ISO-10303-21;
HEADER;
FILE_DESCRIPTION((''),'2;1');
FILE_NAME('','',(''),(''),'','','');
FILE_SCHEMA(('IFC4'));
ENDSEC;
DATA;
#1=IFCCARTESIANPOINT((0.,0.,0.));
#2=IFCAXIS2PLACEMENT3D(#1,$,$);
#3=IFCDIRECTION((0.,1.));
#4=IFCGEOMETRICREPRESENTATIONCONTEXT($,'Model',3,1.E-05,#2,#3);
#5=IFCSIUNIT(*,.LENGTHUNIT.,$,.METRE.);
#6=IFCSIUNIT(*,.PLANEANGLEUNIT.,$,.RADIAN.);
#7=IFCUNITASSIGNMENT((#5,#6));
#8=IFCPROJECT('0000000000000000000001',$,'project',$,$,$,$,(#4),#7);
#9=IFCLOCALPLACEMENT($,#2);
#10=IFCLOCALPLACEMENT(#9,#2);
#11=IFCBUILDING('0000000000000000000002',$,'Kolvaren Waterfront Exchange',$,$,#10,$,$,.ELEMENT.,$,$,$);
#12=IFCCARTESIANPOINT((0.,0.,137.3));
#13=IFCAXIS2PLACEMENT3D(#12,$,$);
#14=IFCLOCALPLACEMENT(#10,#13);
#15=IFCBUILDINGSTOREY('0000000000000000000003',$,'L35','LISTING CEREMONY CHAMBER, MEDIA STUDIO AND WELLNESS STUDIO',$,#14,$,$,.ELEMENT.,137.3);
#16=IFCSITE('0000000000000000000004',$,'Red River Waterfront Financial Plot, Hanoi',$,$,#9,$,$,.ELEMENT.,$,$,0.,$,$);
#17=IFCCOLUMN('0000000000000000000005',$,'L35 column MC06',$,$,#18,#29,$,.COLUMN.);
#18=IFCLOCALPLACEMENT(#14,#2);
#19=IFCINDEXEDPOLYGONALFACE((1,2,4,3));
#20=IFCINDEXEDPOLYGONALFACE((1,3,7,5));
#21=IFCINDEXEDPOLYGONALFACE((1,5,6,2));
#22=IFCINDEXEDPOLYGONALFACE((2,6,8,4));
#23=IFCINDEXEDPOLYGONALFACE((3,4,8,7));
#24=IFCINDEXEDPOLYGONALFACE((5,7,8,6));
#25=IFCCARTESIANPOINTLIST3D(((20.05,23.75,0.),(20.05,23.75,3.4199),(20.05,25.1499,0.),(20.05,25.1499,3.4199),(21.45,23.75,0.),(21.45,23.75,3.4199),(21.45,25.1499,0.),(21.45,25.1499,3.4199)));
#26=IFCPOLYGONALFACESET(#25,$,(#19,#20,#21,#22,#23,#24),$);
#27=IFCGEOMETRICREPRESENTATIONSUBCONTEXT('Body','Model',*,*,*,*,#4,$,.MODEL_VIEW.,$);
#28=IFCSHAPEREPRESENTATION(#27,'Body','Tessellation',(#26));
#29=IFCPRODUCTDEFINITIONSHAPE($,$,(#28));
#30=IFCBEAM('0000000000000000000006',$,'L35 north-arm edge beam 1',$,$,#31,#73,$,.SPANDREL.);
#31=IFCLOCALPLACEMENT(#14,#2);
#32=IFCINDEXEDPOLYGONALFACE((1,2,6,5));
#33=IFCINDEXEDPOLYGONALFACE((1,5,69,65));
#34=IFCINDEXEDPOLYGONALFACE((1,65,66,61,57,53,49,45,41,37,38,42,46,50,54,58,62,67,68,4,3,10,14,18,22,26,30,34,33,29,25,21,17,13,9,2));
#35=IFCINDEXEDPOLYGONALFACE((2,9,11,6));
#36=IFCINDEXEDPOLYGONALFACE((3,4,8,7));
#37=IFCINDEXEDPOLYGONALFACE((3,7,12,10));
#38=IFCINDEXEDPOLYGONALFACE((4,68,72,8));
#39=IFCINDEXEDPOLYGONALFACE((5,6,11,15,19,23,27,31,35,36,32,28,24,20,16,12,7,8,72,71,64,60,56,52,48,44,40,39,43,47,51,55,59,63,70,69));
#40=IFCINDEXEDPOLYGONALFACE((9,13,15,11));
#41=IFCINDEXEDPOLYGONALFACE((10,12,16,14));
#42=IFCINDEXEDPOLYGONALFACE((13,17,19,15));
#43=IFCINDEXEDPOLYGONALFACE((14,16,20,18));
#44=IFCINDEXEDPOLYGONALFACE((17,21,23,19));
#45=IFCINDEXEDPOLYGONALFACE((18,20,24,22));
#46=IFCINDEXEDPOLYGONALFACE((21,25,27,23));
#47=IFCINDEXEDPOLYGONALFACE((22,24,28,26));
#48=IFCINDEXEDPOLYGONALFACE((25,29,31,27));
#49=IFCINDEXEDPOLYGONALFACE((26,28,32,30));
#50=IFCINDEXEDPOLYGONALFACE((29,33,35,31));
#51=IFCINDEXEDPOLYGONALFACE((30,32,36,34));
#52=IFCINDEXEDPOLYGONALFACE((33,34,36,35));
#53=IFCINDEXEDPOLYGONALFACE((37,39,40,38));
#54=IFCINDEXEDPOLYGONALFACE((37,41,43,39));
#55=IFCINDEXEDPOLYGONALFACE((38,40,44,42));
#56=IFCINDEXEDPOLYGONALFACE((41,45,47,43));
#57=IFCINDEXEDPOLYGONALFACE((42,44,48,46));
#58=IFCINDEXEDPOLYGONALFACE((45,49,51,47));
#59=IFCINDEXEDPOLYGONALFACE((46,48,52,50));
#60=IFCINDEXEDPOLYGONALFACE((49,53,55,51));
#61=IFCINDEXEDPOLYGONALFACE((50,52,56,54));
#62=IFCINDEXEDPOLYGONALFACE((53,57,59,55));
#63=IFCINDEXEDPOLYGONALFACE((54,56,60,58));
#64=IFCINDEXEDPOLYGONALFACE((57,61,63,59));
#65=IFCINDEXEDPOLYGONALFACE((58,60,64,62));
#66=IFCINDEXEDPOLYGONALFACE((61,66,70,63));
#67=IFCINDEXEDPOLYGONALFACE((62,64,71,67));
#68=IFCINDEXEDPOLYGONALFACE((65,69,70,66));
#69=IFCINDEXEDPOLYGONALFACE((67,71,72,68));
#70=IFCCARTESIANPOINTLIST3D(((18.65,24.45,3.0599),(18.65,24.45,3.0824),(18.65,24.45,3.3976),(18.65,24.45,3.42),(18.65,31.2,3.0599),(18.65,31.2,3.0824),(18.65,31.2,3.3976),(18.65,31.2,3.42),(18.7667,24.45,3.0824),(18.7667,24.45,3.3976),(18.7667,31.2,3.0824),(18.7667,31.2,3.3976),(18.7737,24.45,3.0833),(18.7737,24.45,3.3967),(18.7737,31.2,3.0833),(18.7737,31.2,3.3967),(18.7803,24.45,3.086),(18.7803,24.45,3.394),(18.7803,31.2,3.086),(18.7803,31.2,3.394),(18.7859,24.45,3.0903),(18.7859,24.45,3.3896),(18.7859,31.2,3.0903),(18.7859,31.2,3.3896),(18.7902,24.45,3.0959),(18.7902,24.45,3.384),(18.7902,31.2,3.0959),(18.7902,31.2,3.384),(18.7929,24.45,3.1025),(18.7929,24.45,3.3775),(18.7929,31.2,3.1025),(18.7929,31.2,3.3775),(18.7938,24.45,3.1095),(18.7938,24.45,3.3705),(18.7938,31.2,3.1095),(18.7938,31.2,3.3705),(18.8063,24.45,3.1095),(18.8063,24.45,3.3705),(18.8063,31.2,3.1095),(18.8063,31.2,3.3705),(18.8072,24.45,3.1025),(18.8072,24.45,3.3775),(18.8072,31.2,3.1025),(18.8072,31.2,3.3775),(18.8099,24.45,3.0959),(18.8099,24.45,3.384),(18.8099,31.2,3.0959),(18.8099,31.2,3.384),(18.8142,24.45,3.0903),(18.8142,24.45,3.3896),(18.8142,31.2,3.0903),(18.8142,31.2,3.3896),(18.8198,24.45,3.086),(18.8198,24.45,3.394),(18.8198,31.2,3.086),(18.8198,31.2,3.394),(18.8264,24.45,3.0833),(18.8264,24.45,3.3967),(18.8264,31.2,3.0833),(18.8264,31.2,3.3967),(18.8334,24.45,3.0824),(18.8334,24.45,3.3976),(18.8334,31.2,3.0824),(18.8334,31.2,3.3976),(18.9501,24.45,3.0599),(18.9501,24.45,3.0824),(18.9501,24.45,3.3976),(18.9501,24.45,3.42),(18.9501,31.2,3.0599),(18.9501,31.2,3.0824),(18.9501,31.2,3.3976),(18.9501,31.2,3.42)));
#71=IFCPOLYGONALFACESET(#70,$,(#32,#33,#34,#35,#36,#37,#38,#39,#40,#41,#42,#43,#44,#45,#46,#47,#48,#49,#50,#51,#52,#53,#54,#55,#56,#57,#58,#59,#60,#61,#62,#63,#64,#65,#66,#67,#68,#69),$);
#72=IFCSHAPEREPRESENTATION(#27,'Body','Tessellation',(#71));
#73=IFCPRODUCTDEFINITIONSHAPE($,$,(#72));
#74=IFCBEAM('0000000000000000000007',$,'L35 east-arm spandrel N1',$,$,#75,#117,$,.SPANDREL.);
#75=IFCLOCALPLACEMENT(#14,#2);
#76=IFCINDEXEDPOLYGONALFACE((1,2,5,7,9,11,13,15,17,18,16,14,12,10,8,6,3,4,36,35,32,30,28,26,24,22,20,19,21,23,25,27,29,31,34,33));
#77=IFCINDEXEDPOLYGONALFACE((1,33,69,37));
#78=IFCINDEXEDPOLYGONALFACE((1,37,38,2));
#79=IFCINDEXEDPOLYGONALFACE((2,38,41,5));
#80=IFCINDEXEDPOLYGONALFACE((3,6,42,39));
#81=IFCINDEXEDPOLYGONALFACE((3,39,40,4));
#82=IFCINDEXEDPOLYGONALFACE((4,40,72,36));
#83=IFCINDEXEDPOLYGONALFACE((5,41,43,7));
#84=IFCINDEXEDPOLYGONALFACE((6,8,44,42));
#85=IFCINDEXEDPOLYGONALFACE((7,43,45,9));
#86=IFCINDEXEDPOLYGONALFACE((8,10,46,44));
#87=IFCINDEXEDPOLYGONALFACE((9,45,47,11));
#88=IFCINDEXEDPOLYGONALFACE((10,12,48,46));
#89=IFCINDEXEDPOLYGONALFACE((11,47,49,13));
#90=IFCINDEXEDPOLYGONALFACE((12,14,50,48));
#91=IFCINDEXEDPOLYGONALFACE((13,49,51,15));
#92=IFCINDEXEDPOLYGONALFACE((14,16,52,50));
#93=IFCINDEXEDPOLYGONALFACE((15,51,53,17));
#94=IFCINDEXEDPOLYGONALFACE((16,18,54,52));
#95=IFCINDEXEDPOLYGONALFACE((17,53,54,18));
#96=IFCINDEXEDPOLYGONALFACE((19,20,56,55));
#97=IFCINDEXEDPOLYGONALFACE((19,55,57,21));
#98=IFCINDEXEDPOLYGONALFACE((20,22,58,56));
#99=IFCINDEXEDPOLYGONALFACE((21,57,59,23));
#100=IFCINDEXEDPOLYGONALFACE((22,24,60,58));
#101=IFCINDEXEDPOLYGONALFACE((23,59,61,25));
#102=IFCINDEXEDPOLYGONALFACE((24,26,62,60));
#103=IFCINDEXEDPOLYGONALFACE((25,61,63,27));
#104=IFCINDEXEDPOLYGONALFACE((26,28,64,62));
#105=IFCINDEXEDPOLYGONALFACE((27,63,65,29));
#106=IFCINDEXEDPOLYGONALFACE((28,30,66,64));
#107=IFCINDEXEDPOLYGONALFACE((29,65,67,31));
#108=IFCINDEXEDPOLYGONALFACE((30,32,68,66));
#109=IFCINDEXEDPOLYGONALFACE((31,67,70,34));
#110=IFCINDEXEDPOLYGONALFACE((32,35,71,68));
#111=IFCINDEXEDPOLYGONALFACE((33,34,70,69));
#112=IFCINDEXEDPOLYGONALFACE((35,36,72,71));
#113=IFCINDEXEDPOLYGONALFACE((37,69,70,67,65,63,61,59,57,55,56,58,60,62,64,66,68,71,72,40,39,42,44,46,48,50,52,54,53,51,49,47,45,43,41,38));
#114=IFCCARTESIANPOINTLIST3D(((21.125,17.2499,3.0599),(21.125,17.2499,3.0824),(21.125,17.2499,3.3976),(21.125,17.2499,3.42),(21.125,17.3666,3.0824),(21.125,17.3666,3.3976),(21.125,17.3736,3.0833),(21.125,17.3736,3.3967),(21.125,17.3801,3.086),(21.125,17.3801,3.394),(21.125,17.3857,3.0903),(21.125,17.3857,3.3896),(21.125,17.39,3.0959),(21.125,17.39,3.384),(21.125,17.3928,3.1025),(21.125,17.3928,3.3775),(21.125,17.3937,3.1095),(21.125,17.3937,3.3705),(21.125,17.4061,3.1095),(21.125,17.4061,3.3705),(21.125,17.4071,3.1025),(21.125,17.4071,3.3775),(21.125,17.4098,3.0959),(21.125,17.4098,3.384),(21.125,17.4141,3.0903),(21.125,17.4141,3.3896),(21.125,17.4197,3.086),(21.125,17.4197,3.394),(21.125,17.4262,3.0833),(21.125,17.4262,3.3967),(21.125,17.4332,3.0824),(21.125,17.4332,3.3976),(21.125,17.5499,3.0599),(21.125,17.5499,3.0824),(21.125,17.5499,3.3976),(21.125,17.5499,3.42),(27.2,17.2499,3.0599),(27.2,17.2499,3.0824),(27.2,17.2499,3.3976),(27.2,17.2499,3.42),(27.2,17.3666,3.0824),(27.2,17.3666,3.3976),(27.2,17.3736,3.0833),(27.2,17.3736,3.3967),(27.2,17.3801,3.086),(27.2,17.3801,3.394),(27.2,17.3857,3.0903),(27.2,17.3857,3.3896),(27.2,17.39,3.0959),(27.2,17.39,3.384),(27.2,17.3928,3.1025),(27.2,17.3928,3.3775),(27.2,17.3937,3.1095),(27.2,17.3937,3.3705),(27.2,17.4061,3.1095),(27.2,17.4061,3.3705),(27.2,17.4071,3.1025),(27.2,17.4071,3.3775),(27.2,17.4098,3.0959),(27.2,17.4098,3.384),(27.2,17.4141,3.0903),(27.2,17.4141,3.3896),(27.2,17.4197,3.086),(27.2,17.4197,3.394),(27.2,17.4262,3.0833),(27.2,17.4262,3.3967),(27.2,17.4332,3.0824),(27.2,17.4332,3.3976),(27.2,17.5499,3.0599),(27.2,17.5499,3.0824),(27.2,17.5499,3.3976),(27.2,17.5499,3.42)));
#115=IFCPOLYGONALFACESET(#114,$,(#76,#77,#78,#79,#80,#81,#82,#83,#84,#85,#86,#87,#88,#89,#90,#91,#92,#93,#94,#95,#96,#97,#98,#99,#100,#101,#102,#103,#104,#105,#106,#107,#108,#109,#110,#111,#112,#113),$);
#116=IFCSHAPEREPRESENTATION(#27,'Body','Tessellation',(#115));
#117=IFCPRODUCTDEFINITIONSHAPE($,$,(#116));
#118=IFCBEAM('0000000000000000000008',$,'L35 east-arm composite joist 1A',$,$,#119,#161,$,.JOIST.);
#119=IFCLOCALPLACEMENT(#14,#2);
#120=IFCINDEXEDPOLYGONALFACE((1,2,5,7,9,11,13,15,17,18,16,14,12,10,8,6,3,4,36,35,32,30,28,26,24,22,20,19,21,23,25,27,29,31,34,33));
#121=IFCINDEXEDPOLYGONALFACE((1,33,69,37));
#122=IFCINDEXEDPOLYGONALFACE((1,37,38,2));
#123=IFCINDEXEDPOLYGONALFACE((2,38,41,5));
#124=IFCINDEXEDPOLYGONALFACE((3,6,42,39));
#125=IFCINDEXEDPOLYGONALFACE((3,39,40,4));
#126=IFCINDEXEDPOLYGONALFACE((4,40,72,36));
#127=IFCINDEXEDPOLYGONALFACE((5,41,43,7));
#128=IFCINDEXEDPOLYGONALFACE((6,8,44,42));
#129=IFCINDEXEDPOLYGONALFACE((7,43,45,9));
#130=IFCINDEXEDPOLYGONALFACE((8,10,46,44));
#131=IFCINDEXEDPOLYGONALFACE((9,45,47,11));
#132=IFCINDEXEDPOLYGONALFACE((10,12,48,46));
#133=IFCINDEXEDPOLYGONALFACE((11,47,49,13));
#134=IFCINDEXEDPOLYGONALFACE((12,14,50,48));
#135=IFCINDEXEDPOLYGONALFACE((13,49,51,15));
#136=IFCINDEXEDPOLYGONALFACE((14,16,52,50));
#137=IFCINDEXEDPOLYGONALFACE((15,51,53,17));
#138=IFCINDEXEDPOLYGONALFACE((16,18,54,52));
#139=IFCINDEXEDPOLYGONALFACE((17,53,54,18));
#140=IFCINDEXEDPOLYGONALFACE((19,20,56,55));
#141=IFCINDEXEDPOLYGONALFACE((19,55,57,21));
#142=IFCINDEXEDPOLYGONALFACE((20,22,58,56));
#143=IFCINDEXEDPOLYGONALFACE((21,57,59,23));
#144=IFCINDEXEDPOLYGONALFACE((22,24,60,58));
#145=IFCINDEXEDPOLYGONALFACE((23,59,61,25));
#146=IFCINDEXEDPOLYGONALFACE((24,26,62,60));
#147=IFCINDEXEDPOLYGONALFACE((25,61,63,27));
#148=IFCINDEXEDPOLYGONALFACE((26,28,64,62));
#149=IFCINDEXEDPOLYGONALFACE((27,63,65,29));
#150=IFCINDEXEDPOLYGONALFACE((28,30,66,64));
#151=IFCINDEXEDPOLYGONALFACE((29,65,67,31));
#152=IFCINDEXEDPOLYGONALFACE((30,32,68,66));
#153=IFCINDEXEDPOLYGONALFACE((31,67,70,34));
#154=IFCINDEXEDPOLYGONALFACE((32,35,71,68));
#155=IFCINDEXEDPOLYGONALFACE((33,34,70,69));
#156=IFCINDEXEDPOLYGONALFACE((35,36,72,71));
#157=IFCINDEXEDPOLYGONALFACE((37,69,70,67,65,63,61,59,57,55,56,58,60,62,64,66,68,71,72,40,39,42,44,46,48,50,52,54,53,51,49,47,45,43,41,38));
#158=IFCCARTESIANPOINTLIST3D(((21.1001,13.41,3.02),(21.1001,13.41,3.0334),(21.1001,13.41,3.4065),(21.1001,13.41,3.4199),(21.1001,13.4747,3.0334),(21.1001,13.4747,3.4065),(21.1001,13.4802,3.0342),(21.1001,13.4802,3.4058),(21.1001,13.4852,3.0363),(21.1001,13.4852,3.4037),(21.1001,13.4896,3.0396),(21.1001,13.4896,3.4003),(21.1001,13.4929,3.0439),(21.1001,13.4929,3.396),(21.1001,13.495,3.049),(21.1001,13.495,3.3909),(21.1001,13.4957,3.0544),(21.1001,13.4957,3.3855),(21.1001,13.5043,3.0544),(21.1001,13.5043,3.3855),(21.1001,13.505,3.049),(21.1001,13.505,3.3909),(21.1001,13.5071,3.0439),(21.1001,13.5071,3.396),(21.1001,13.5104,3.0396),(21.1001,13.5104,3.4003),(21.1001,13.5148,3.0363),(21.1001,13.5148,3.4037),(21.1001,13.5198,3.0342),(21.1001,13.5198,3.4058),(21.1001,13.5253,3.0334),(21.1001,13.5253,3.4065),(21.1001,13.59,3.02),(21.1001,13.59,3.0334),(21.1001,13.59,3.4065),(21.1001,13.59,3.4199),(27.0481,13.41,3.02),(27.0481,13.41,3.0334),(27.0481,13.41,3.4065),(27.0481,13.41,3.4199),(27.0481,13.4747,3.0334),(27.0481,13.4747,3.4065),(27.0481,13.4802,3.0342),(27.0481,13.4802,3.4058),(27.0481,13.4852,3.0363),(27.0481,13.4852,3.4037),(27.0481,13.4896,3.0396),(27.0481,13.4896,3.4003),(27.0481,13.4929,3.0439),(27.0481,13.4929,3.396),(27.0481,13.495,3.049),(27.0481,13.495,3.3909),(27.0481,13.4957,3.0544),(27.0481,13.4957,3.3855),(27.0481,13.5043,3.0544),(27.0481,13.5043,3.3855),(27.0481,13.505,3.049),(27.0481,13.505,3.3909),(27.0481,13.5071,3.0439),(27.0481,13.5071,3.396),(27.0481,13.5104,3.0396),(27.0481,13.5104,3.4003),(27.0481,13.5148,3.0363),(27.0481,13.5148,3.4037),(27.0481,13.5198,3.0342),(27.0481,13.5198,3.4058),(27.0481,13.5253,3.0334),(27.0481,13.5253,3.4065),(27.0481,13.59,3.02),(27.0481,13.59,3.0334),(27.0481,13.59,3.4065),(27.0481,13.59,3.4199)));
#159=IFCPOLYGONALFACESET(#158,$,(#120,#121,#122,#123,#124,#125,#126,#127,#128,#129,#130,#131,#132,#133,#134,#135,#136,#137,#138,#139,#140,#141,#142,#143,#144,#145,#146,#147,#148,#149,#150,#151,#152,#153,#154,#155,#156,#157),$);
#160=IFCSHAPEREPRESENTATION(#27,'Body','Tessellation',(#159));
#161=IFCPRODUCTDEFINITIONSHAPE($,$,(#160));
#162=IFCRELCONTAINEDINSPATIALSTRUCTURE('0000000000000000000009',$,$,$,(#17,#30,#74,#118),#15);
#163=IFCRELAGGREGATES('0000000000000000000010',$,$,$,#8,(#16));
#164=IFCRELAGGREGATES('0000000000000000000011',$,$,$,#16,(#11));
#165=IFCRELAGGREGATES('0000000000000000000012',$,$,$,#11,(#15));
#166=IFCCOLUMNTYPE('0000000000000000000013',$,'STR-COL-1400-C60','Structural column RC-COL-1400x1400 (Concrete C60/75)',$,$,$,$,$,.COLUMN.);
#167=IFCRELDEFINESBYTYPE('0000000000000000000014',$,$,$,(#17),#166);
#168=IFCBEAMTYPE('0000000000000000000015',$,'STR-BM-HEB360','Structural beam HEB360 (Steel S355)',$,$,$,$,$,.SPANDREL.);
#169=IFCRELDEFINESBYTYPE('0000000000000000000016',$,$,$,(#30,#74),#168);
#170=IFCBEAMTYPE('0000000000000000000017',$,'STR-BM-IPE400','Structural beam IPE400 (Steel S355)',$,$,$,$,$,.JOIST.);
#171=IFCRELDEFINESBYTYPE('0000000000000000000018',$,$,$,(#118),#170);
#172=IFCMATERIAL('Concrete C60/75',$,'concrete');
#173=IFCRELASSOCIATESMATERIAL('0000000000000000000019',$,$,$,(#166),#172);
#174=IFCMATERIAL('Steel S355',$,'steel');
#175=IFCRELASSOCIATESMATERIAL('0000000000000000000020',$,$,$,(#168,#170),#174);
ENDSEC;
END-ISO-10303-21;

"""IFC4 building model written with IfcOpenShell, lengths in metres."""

from ifc_helpers import new_model, si_unit, direction, frame, origin, origin_2d, place, context, subcontext, project, spatial, rectangle, i_section, extrude, material, material_profile, profile_set, type_object, element, save


model = new_model("IFC4")

# Units and contexts
model_context = context("Model", 3, precision=1e-05, world=origin(), true_north=direction((0.0, 1.0)))
body_context = subcontext(model_context, "Body", "Model", "MODEL_VIEW")
ifc_project = project(units=[si_unit("LENGTHUNIT", "METRE"), si_unit("PLANEANGLEUNIT", "RADIAN")], contexts=[model_context])

# Site, building, storey
site_placement = place(None, origin())
site = spatial("IfcSite", under=ifc_project, at=site_placement, Name="Red River Waterfront Financial Plot, Hanoi", CompositionType="ELEMENT", RefElevation=0.0)
building_placement = place(site_placement, origin())
building = spatial("IfcBuilding", under=site, at=building_placement, Name="Kolvaren Waterfront Exchange", CompositionType="ELEMENT")
storey_placement = place(building_placement, frame((0.0, 0.0, 137.3)))
storey = spatial("IfcBuildingStorey", under=building, at=storey_placement, Name="L35", Description="LISTING CEREMONY CHAMBER, MEDIA STUDIO AND WELLNESS STUDIO", CompositionType="ELEMENT", Elevation=137.3)

# Column
ifc_material_1 = material(Name="Concrete C60/75", Category="concrete")
ifc_material_profile_1 = material_profile(ifc_material_1, rectangle(XDim=1.3999, YDim=1.3999, at=origin_2d()), Name="RC-COL-1400x1400")
ifc_profile_set_1 = profile_set([ifc_material_profile_1], Name="Concrete C60/75")
column_type = type_object("IfcColumnType", Name="STR-COL-1400-C60", Description="Structural column RC-COL-1400x1400 (Concrete C60/75)", PredefinedType="COLUMN", material=ifc_profile_set_1)
column_placement = place(storey_placement, frame((20.75, 24.45, 0.0), z_axis=(0.0, 0.0, 1.0), x_axis=(1.0, 0.0, 0.0)))
element("IfcColumn", 1, at=column_placement, inside=storey, type_object=column_type, Name="L35 column MC06", PredefinedType="COLUMN", context=body_context, shape_type="SweptSolid", body=[
    extrude(rectangle(XDim=1.3999, YDim=1.3999, at=origin_2d()), origin(), (0.0, 0.0, 1.0), 3.4199),
])

# Beams
ifc_material_2 = material(Name="Steel S355", Category="steel")
ifc_material_profile_2 = material_profile(ifc_material_2, i_section(OverallWidth=0.3, OverallDepth=0.3601, WebThickness=0.0125, FlangeThickness=0.0225, FilletRadius=0.0271, at=origin_2d()), Name="HEB360")
ifc_profile_set_2 = profile_set([ifc_material_profile_2], Name="Steel S355")
beam_type_1 = type_object("IfcBeamType", Name="STR-BM-HEB360", Description="Structural beam HEB360 (Steel S355)", PredefinedType="SPANDREL", material=ifc_profile_set_2)
beam_1_placement = place(storey_placement, frame((18.8, 24.45, 3.24), z_axis=(0.0, 1.0, 0.0), x_axis=(-1.0, 0.0, 0.0)))
element("IfcBeam", 2, at=beam_1_placement, inside=storey, type_object=beam_type_1, Name="L35 north-arm edge beam 1", PredefinedType="SPANDREL", context=body_context, shape_type="SweptSolid", body=[
    extrude(i_section(OverallWidth=0.3, OverallDepth=0.3601, WebThickness=0.0125, FlangeThickness=0.0225, FilletRadius=0.0271, at=origin_2d()), origin(), (0.0, 0.0, 1.0), 6.75),
])
beam_2_placement = place(storey_placement, frame((21.125, 17.3999, 3.24), z_axis=(1.0, 0.0, 0.0), x_axis=(0.0, 1.0, 0.0)))
element("IfcBeam", 3, at=beam_2_placement, inside=storey, type_object=beam_type_1, Name="L35 east-arm spandrel N1", PredefinedType="SPANDREL", context=body_context, shape_type="SweptSolid", body=[
    extrude(i_section(OverallWidth=0.3, OverallDepth=0.3601, WebThickness=0.0125, FlangeThickness=0.0225, FilletRadius=0.0271, at=origin_2d()), origin(), (0.0, 0.0, 1.0), 6.075),
])
ifc_material_profile_3 = material_profile(ifc_material_2, i_section(OverallWidth=0.1799, OverallDepth=0.3999, WebThickness=0.0085, FlangeThickness=0.0134, FilletRadius=0.021, at=origin_2d()), Name="IPE400")
ifc_profile_set_3 = profile_set([ifc_material_profile_3], Name="Steel S355")
beam_type_2 = type_object("IfcBeamType", Name="STR-BM-IPE400", Description="Structural beam IPE400 (Steel S355)", PredefinedType="JOIST", material=ifc_profile_set_3)
for number, where, z_axis, x_axis, name in (
    (4, (21.1001, 13.5, 3.22), (1.0, 0.0, 0.0), (0.0, 1.0, 0.0), "L35 east-arm composite joist 1A"),
):
    element("IfcBeam", number, at=place(storey_placement, frame(where, z_axis=z_axis, x_axis=x_axis)), inside=storey, type_object=beam_type_2, Name=name, PredefinedType="JOIST", context=body_context, shape_type="SweptSolid", body=[
        extrude(i_section(OverallWidth=0.1799, OverallDepth=0.3999, WebThickness=0.0085, FlangeThickness=0.0134, FilletRadius=0.021, at=origin_2d()), origin(), (0.0, 0.0, 1.0), 5.948),
    ])

save(model, "model.ifc")
